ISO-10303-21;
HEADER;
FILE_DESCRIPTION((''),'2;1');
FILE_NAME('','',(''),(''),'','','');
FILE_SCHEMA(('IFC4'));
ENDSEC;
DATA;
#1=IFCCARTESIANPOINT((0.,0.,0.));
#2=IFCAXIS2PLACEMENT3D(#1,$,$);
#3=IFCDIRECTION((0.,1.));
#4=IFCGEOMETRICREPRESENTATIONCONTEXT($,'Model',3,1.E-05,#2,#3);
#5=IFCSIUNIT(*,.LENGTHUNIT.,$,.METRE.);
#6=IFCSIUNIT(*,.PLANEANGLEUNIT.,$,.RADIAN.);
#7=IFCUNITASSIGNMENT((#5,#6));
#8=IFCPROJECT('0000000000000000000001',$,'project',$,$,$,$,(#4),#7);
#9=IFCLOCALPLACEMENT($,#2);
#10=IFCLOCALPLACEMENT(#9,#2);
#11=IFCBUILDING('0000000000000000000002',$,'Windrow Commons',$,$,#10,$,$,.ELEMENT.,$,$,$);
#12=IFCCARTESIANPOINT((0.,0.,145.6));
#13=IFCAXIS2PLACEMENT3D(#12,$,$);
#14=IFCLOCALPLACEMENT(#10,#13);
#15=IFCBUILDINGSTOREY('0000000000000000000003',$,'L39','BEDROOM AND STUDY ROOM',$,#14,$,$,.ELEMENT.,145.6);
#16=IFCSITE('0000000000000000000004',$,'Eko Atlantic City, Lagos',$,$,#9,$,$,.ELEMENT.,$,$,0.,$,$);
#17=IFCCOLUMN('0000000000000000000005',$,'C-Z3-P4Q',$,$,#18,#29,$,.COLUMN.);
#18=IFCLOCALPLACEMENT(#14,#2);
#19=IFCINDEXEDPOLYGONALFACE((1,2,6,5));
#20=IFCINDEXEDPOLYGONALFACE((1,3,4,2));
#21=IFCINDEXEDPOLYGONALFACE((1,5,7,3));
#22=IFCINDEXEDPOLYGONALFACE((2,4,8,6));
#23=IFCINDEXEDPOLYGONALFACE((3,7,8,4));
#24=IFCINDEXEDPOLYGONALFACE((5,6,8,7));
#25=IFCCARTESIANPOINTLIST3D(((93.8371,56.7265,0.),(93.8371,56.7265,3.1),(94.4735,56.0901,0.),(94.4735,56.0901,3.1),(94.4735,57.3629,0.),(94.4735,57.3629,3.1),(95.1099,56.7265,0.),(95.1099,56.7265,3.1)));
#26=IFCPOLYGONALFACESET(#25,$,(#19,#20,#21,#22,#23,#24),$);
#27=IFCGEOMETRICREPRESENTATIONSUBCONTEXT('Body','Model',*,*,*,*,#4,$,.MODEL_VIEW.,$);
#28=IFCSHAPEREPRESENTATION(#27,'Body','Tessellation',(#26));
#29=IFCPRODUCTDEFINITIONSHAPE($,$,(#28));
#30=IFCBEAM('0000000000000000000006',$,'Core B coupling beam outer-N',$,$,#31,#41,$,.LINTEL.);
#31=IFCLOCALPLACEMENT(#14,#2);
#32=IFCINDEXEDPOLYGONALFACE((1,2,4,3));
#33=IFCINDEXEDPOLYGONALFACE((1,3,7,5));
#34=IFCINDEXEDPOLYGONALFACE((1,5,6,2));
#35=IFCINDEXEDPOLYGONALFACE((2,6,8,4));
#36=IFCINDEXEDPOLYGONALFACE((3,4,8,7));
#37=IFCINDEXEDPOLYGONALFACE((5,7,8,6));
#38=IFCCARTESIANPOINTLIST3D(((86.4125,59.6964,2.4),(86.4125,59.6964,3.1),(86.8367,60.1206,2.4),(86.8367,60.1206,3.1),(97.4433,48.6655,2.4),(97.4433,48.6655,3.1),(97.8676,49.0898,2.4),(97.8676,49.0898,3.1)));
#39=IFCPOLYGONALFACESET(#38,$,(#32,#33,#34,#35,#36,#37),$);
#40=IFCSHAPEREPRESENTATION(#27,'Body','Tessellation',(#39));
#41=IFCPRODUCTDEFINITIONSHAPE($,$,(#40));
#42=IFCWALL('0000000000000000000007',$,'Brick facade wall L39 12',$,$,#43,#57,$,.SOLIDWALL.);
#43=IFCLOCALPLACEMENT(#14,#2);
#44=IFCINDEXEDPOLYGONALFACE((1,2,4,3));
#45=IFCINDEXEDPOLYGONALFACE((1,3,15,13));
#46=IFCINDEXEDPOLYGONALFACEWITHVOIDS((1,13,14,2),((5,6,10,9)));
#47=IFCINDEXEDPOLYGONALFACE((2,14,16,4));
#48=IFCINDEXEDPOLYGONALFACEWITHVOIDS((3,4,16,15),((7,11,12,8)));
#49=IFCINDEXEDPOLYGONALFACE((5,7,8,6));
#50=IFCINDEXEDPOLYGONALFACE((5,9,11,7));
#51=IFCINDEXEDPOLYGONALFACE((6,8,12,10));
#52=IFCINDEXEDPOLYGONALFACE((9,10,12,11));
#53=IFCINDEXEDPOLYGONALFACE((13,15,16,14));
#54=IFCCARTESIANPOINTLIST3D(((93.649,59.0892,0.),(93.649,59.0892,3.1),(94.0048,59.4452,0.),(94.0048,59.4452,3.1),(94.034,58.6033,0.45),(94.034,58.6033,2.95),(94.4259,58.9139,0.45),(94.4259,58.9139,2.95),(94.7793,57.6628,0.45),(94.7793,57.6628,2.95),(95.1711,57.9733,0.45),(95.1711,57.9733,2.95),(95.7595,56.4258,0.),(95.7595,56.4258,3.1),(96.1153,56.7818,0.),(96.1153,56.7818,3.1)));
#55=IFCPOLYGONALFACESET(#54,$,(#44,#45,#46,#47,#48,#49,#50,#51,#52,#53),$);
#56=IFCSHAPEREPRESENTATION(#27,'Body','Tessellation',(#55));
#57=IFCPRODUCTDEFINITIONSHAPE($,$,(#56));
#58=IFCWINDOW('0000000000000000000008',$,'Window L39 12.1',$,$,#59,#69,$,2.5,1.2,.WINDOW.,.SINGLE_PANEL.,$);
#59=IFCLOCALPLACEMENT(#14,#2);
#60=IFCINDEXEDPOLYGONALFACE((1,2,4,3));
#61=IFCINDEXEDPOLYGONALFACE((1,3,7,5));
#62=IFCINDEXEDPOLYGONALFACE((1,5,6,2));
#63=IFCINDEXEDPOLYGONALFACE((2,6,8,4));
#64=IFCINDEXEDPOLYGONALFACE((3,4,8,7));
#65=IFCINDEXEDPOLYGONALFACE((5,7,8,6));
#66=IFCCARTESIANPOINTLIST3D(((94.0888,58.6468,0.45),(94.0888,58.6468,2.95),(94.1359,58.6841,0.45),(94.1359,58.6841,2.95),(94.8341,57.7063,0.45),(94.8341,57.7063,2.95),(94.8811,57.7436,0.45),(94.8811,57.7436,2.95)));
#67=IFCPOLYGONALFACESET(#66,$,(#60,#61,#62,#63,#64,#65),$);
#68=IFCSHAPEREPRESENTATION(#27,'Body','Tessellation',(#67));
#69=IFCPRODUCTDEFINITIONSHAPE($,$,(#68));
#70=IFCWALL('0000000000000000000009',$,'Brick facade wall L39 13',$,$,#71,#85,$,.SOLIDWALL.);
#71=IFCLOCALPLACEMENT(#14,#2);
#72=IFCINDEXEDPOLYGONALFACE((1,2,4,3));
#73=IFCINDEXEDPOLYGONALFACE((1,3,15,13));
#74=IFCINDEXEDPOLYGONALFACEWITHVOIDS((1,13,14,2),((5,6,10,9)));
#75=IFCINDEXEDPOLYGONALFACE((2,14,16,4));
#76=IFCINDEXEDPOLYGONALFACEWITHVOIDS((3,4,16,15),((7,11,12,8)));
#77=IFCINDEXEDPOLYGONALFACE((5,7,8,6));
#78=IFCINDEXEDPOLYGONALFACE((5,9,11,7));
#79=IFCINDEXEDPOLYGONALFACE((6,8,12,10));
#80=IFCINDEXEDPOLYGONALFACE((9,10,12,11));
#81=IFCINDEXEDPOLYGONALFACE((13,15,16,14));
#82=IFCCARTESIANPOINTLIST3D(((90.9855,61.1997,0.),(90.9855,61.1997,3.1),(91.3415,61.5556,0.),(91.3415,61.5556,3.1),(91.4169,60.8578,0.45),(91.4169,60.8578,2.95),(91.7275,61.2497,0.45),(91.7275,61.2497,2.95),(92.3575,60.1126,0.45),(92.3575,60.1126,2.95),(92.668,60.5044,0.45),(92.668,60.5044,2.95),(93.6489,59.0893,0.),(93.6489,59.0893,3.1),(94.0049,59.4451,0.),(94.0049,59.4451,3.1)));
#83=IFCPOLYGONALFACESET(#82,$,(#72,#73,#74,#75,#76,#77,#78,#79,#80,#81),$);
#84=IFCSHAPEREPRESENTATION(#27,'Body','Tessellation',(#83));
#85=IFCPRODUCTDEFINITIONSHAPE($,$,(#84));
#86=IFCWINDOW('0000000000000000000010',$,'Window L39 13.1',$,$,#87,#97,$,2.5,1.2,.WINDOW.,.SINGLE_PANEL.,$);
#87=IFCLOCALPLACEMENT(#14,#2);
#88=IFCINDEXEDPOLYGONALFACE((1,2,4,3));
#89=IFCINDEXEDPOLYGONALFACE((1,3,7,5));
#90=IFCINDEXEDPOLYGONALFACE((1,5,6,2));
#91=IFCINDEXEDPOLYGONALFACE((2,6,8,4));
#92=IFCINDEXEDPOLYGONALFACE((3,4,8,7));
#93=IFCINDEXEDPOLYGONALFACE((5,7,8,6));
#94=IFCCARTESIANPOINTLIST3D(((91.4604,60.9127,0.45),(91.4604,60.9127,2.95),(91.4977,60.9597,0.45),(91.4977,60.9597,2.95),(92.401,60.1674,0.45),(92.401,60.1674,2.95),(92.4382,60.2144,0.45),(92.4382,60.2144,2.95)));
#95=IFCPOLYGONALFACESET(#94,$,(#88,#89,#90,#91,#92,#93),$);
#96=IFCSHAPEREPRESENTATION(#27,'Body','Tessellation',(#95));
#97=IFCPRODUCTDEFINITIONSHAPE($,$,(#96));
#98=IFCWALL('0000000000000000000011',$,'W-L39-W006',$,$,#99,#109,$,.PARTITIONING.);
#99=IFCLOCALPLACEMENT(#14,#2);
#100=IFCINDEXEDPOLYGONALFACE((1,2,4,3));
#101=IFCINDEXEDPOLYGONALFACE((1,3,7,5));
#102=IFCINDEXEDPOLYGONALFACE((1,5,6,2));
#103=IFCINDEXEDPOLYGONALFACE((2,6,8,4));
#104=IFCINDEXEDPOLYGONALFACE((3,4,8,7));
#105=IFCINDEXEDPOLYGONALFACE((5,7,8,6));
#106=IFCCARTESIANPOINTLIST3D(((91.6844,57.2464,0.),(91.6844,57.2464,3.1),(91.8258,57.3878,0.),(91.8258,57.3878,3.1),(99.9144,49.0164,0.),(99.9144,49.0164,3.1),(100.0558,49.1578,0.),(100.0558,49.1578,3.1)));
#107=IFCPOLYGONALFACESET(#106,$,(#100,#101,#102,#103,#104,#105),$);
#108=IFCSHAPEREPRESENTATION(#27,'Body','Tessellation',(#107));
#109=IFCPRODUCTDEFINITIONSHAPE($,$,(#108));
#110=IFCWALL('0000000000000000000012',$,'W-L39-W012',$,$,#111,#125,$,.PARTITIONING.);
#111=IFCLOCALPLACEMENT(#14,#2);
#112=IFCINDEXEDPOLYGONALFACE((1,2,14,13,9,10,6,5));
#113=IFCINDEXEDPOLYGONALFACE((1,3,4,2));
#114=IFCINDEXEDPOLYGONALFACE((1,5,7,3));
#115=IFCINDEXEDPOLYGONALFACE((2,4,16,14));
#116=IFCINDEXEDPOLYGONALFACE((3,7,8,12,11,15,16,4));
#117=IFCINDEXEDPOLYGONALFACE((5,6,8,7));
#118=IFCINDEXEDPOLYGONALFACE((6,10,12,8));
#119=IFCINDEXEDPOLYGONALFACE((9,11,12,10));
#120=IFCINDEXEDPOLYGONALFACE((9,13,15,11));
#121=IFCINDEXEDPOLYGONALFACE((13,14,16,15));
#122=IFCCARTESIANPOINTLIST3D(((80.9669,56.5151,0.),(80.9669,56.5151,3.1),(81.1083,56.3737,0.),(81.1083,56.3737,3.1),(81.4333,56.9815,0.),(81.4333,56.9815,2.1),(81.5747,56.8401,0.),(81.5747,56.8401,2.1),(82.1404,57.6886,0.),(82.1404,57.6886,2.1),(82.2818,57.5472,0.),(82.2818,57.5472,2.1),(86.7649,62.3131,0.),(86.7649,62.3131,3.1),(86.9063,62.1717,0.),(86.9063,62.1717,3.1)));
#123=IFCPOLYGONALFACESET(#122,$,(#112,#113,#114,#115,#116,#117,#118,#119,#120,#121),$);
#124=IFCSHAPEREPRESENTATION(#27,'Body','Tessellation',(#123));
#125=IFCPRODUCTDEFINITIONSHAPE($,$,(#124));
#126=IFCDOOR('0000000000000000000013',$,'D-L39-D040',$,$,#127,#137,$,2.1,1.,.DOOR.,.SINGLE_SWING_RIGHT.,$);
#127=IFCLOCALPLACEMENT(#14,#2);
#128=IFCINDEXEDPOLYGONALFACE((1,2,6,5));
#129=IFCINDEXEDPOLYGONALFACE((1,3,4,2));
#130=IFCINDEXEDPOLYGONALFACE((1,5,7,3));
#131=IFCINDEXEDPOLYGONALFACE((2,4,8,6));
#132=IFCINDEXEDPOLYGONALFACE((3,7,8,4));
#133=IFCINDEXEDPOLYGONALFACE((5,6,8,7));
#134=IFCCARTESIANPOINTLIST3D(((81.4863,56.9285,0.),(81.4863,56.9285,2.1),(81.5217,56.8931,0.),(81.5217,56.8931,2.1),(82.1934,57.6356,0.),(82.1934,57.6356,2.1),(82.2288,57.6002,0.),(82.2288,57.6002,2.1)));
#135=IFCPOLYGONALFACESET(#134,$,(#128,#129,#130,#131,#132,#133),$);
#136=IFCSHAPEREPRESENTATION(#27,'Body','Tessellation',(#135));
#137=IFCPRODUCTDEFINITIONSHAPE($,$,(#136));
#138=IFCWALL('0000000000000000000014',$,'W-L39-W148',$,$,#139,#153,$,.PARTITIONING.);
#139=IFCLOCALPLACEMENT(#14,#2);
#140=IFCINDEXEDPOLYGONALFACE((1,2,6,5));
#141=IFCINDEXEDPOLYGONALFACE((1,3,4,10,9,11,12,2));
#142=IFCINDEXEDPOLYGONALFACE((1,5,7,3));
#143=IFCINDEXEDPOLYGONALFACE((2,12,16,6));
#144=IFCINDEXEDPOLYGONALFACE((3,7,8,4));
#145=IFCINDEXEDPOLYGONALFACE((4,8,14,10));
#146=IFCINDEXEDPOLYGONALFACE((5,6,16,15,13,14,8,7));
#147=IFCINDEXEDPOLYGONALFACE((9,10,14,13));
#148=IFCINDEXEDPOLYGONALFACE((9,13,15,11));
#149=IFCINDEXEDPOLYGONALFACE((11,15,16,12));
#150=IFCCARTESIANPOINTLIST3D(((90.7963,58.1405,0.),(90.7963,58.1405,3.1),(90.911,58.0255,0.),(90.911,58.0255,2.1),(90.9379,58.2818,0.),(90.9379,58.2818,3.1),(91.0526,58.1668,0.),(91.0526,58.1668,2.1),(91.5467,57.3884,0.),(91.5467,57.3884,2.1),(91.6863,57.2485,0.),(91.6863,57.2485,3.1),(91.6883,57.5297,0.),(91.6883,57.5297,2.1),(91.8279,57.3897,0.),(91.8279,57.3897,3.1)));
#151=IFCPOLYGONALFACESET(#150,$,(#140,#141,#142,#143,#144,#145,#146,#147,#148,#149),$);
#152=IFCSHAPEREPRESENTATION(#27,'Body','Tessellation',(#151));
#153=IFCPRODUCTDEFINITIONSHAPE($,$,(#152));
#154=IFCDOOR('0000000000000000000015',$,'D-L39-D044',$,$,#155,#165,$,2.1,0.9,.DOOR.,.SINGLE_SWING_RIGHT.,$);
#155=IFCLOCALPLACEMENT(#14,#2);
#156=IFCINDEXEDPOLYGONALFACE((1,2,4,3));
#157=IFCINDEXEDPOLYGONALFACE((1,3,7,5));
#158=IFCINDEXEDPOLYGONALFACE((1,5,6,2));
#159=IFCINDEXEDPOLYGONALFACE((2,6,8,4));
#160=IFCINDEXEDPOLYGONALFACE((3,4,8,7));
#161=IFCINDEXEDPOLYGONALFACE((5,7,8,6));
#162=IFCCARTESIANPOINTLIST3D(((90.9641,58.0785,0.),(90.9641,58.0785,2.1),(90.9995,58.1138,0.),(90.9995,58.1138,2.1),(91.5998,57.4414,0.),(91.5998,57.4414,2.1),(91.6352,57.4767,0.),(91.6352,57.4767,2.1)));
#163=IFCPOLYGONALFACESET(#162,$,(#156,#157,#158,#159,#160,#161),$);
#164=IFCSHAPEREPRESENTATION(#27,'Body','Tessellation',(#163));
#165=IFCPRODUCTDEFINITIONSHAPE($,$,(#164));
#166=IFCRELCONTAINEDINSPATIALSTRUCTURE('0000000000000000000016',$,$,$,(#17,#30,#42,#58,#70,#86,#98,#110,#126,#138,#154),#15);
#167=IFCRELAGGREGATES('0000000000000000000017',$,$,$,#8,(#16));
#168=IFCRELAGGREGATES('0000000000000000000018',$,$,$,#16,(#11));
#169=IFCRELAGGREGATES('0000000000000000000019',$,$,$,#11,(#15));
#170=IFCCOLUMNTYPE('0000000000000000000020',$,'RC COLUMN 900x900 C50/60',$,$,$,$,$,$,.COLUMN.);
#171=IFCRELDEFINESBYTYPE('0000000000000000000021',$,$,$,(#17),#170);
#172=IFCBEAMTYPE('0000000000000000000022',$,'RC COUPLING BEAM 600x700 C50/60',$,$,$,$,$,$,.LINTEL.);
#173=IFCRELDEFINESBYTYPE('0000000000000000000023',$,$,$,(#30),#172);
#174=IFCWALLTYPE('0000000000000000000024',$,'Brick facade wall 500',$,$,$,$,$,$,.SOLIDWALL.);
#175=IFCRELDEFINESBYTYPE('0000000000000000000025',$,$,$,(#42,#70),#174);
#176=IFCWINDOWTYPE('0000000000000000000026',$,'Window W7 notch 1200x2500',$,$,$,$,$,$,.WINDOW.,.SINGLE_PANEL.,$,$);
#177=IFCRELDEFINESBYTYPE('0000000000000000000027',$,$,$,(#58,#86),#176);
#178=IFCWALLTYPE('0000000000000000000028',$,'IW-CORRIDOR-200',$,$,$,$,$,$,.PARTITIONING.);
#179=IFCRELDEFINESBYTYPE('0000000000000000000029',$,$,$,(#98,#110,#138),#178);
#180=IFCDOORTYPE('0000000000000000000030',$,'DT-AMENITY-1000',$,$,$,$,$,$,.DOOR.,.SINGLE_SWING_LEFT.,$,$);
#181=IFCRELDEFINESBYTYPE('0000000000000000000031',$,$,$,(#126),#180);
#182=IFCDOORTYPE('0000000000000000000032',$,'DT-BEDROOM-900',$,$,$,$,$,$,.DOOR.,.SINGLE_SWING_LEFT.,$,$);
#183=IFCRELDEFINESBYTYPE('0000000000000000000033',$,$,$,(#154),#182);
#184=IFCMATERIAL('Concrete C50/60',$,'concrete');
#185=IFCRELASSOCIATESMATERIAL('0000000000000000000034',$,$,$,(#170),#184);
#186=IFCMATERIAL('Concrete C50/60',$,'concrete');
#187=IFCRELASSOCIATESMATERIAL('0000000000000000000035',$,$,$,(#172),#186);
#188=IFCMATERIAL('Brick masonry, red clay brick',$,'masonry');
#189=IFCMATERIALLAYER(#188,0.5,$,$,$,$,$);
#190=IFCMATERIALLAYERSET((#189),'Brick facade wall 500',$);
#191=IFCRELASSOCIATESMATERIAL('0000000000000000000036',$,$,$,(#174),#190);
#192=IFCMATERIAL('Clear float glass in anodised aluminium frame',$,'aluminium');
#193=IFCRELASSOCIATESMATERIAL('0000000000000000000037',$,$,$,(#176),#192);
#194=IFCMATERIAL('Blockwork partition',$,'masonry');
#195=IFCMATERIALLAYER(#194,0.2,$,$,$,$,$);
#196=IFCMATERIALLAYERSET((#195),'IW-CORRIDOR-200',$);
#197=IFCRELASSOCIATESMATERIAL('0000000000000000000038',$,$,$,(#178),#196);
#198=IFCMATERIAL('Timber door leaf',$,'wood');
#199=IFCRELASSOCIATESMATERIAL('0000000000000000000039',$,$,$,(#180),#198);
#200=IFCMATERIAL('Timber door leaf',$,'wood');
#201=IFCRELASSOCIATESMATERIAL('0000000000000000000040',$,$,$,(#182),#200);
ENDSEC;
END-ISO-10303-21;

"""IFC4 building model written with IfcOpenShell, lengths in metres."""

from ifc_helpers import new_model, si_unit, direction, frame, frame_2d, origin, origin_2d, place, context, subcontext, project, spatial, polyline, rectangle, outline, extrude, material, layer, layer_set, material_profile, profile_set, type_object, element, fill, save


model = new_model("IFC4")

# Units and contexts
model_context = context("Model", 3, precision=1e-05, world=origin(), true_north=direction((0.0, 1.0)))
body_context = subcontext(model_context, "Body", "Model", "MODEL_VIEW")
ifc_project = project(units=[si_unit("LENGTHUNIT", "METRE"), si_unit("PLANEANGLEUNIT", "RADIAN")], contexts=[model_context])

# Site, building, storey
site_placement = place(None, origin())
site = spatial("IfcSite", under=ifc_project, at=site_placement, Name="Eko Atlantic City, Lagos", CompositionType="ELEMENT", RefElevation=0.0)
building_placement = place(site_placement, origin())
building = spatial("IfcBuilding", under=site, at=building_placement, Name="Windrow Commons", CompositionType="ELEMENT")
storey_placement = place(building_placement, frame((0.0, 0.0, 145.6)))
storey = spatial("IfcBuildingStorey", under=building, at=storey_placement, Name="L39", Description="BEDROOM AND STUDY ROOM", CompositionType="ELEMENT", Elevation=145.6)

# Column
ifc_material_1 = material(Name="Concrete C50/60", Category="concrete")
ifc_material_profile_1 = material_profile(ifc_material_1, rectangle(XDim=0.9, YDim=0.9, at=origin_2d()))
ifc_profile_set_1 = profile_set([ifc_material_profile_1], Name="Concrete C50/60")
column_type = type_object("IfcColumnType", Name="RC COLUMN 900x900 C50/60", PredefinedType="COLUMN", material=ifc_profile_set_1)
column_placement = place(storey_placement, frame((94.4735, 56.7265, 0.0), z_axis=(0.0, 0.0, 1.0), x_axis=(0.707107, -0.707107, 0.0)))
element("IfcColumn", 1, at=column_placement, inside=storey, type_object=column_type, Name="C-Z3-P4Q", PredefinedType="COLUMN", context=body_context, shape_type="SweptSolid", body=[
    extrude(rectangle(XDim=0.9, YDim=0.9, at=origin_2d()), origin(), (0.0, 0.0, 1.0), 3.1),
])

# Beam
ifc_material_2 = material(Name="Concrete C50/60", Category="concrete")
ifc_material_profile_2 = material_profile(ifc_material_2, rectangle(XDim=0.6, YDim=0.7, at=origin_2d()))
ifc_profile_set_2 = profile_set([ifc_material_profile_2], Name="Concrete C50/60")
beam_type = type_object("IfcBeamType", Name="RC COUPLING BEAM 600x700 C50/60", PredefinedType="LINTEL", material=ifc_profile_set_2)
beam_placement = place(storey_placement, frame((86.6246, 59.9085, 2.75), z_axis=(0.707107, -0.707107, 0.0), x_axis=(0.707107, 0.707107, 0.0)))
element("IfcBeam", 2, at=beam_placement, inside=storey, type_object=beam_type, Name="Core B coupling beam outer-N", PredefinedType="LINTEL", context=body_context, shape_type="SweptSolid", body=[
    extrude(rectangle(XDim=0.6, YDim=0.7, at=origin_2d()), origin(), (0.0, 0.0, 1.0), 15.6),
])

# Walls, openings, windows
ifc_material_3 = material(Name="Brick masonry, red clay brick", Category="masonry")
ifc_layer_1 = layer(ifc_material_3, 0.5)
ifc_layer_set_1 = layer_set([ifc_layer_1], Name="Brick facade wall 500")
wall_type_1 = type_object("IfcWallType", Name="Brick facade wall 500", PredefinedType="SOLIDWALL", material=ifc_layer_set_1)
wall_1_placement = place(storey_placement, frame((95.9374, 56.6038, 0.0), z_axis=(0.0, 0.0, 1.0), x_axis=(-0.62106, 0.783763, 0.0)))
wall_1 = element("IfcWall", 3, at=wall_1_placement, inside=storey, type_object=wall_type_1, Name="Brick facade wall L39 12", PredefinedType="SOLIDWALL", context=body_context, shape_type="SweptSolid", body=[
    extrude(outline(polyline([(0.029, -0.25), (3.4272, -0.25), (3.3692, 0.25), (-0.029, 0.25), (0.029, -0.25)])), origin(), (0.0, 0.0, 1.0), 3.1),
])
opening_1_placement = place(wall_1_placement, frame((1.5493, 0.0, 0.45)))
opening_1 = element("IfcOpeningElement", 4, at=opening_1_placement, cuts=wall_1, PredefinedType="OPENING", context=body_context, shape_type="SweptSolid", body=[
    extrude(rectangle(XDim=1.2, YDim=2.5, at=frame_2d((0.6, 1.25))), frame((0.0, 0.26, 0.0), z_axis=(0.0, -1.0, 0.0), x_axis=(1.0, 0.0, 0.0)), (0.0, 0.0, 1.0), 0.52),
])
ifc_material_4 = material(Name="Clear float glass in anodised aluminium frame", Category="aluminium")
window_type = type_object("IfcWindowType", Name="Window W7 notch 1200x2500", PartitioningType="SINGLE_PANEL", PredefinedType="WINDOW", material=ifc_material_4)
window_1_placement = place(opening_1_placement, origin())
window_1 = element("IfcWindow", 5, at=window_1_placement, inside=storey, type_object=window_type, Name="Window L39 12.1", OverallHeight=2.5, OverallWidth=1.2, PartitioningType="SINGLE_PANEL", PredefinedType="WINDOW", context=body_context, shape_type="SweptSolid", body=[
    extrude(rectangle(XDim=1.2, YDim=2.5, at=frame_2d((0.6, 1.25))), frame((0.0, 0.18, 0.0), z_axis=(0.0, -1.0, 0.0), x_axis=(1.0, 0.0, 0.0)), (0.0, 0.0, 1.0), 0.06),
])
fill(opening_1, window_1)
wall_2_placement = place(storey_placement, frame((93.8269, 59.2672, 0.0), z_axis=(0.0, 0.0, 1.0), x_axis=(-0.783777, 0.621042, 0.0)))
wall_2 = element("IfcWall", 6, at=wall_2_placement, inside=storey, type_object=wall_type_1, Name="Brick facade wall L39 13", PredefinedType="SOLIDWALL", context=body_context, shape_type="SweptSolid", body=[
    extrude(outline(polyline([(-0.029, -0.25), (3.3692, -0.25), (3.4272, 0.25), (0.029, 0.25), (-0.029, -0.25)])), origin(), (0.0, 0.0, 1.0), 3.1),
])
opening_2_placement = place(wall_2_placement, frame((1.6767, 0.0, 0.45)))
opening_2 = element("IfcOpeningElement", 7, at=opening_2_placement, cuts=wall_2, PredefinedType="OPENING", context=body_context, shape_type="SweptSolid", body=[
    extrude(rectangle(XDim=1.2, YDim=2.5, at=frame_2d((0.6, 1.25))), frame((0.0, 0.26, 0.0), z_axis=(0.0, -1.0, 0.0), x_axis=(1.0, 0.0, 0.0)), (0.0, 0.0, 1.0), 0.52),
])
window_2_placement = place(opening_2_placement, origin())
window_2 = element("IfcWindow", 8, at=window_2_placement, inside=storey, type_object=window_type, Name="Window L39 13.1", OverallHeight=2.5, OverallWidth=1.2, PartitioningType="SINGLE_PANEL", PredefinedType="WINDOW", context=body_context, shape_type="SweptSolid", body=[
    extrude(rectangle(XDim=1.2, YDim=2.5, at=frame_2d((0.6, 1.25))), frame((0.0, 0.18, 0.0), z_axis=(0.0, -1.0, 0.0), x_axis=(1.0, 0.0, 0.0)), (0.0, 0.0, 1.0), 0.06),
])
fill(opening_2, window_2)

# Wall
ifc_material_5 = material(Name="Blockwork partition", Category="masonry")
ifc_layer_2 = layer(ifc_material_5, 0.2)
ifc_layer_set_2 = layer_set([ifc_layer_2], Name="IW-CORRIDOR-200")
wall_type_2 = type_object("IfcWallType", Name="IW-CORRIDOR-200", PredefinedType="PARTITIONING", material=ifc_layer_set_2)
wall_3_placement = place(storey_placement, frame((91.7551, 57.3171, 0.0), z_axis=(0.0, 0.0, 1.0), x_axis=(0.707107, -0.707107, 0.0)))
element("IfcWall", 9, at=wall_3_placement, inside=storey, type_object=wall_type_2, Name="W-L39-W006", PredefinedType="PARTITIONING", context=body_context, shape_type="SweptSolid", body=[
    extrude(rectangle(XDim=11.639, YDim=0.2, at=frame_2d((5.8195, 0.0))), origin(), (0.0, 0.0, 1.0), 3.1),
])

# Walls, openings, doors
wall_4_placement = place(storey_placement, frame((81.0376, 56.4444, 0.0), z_axis=(0.0, 0.0, 1.0), x_axis=(0.707107, 0.707107, 0.0)))
wall_4 = element("IfcWall", 10, at=wall_4_placement, inside=storey, type_object=wall_type_2, Name="W-L39-W012", PredefinedType="PARTITIONING", context=body_context, shape_type="SweptSolid", body=[
    extrude(rectangle(XDim=8.1996, YDim=0.2, at=frame_2d((4.0998, 0.0))), origin(), (0.0, 0.0, 1.0), 3.1),
])
opening_3_placement = place(wall_4_placement, frame((0.6596, 0.0, 0.0)))
opening_3 = element("IfcOpeningElement", 11, at=opening_3_placement, cuts=wall_4, PredefinedType="OPENING", context=body_context, shape_type="SweptSolid", body=[
    extrude(rectangle(XDim=1.0, YDim=2.1, at=frame_2d((0.5, 1.05))), frame((0.0, 0.11, 0.0), z_axis=(0.0, -1.0, 0.0), x_axis=(1.0, 0.0, 0.0)), (0.0, 0.0, 1.0), 0.22),
])
ifc_material_6 = material(Name="Timber door leaf", Category="wood")
door_type_1 = type_object("IfcDoorType", Name="DT-AMENITY-1000", OperationType="SINGLE_SWING_LEFT", PredefinedType="DOOR", material=ifc_material_6)
door_1_placement = place(opening_3_placement, origin())
door_1 = element("IfcDoor", 12, at=door_1_placement, inside=storey, type_object=door_type_1, Name="D-L39-D040", OperationType="SINGLE_SWING_RIGHT", OverallHeight=2.1, OverallWidth=1.0, PredefinedType="DOOR", context=body_context, shape_type="SweptSolid", body=[
    extrude(rectangle(XDim=1.0, YDim=2.1, at=frame_2d((0.5, 1.05))), frame((0.0, 0.025, 0.0), z_axis=(0.0, -1.0, 0.0), x_axis=(1.0, 0.0, 0.0)), (0.0, 0.0, 1.0), 0.05),
])
fill(opening_3, door_1)
wall_5_placement = place(storey_placement, frame((90.8671, 58.2111, 0.0), z_axis=(0.0, 0.0, 1.0), x_axis=(0.706313, -0.7079, 0.0)))
wall_5 = element("IfcWall", 13, at=wall_5_placement, inside=storey, type_object=wall_type_2, Name="W-L39-W148", PredefinedType="PARTITIONING", context=body_context, shape_type="SweptSolid", body=[
    extrude(rectangle(XDim=1.2601, YDim=0.2, at=frame_2d((0.63, 0.0))), origin(), (0.0, 0.0, 1.0), 3.1),
])
opening_4_placement = place(wall_5_placement, frame((0.1624, 0.0, 0.0)))
opening_4 = element("IfcOpeningElement", 14, at=opening_4_placement, cuts=wall_5, PredefinedType="OPENING", context=body_context, shape_type="SweptSolid", body=[
    extrude(rectangle(XDim=0.9, YDim=2.1, at=frame_2d((0.45, 1.05))), frame((0.0, 0.11, 0.0), z_axis=(0.0, -1.0, 0.0), x_axis=(1.0, 0.0, 0.0)), (0.0, 0.0, 1.0), 0.22),
])
ifc_material_7 = material(Name="Timber door leaf", Category="wood")
door_type_2 = type_object("IfcDoorType", Name="DT-BEDROOM-900", OperationType="SINGLE_SWING_LEFT", PredefinedType="DOOR", material=ifc_material_7)
door_2_placement = place(opening_4_placement, origin())
door_2 = element("IfcDoor", 15, at=door_2_placement, inside=storey, type_object=door_type_2, Name="D-L39-D044", OperationType="SINGLE_SWING_RIGHT", OverallHeight=2.1, OverallWidth=0.9, PredefinedType="DOOR", context=body_context, shape_type="SweptSolid", body=[
    extrude(rectangle(XDim=0.9, YDim=2.1, at=frame_2d((0.45, 1.05))), frame((0.0, 0.025, 0.0), z_axis=(0.0, -1.0, 0.0), x_axis=(1.0, 0.0, 0.0)), (0.0, 0.0, 1.0), 0.05),
])
fill(opening_4, door_2)

save(model, "model.ifc")
